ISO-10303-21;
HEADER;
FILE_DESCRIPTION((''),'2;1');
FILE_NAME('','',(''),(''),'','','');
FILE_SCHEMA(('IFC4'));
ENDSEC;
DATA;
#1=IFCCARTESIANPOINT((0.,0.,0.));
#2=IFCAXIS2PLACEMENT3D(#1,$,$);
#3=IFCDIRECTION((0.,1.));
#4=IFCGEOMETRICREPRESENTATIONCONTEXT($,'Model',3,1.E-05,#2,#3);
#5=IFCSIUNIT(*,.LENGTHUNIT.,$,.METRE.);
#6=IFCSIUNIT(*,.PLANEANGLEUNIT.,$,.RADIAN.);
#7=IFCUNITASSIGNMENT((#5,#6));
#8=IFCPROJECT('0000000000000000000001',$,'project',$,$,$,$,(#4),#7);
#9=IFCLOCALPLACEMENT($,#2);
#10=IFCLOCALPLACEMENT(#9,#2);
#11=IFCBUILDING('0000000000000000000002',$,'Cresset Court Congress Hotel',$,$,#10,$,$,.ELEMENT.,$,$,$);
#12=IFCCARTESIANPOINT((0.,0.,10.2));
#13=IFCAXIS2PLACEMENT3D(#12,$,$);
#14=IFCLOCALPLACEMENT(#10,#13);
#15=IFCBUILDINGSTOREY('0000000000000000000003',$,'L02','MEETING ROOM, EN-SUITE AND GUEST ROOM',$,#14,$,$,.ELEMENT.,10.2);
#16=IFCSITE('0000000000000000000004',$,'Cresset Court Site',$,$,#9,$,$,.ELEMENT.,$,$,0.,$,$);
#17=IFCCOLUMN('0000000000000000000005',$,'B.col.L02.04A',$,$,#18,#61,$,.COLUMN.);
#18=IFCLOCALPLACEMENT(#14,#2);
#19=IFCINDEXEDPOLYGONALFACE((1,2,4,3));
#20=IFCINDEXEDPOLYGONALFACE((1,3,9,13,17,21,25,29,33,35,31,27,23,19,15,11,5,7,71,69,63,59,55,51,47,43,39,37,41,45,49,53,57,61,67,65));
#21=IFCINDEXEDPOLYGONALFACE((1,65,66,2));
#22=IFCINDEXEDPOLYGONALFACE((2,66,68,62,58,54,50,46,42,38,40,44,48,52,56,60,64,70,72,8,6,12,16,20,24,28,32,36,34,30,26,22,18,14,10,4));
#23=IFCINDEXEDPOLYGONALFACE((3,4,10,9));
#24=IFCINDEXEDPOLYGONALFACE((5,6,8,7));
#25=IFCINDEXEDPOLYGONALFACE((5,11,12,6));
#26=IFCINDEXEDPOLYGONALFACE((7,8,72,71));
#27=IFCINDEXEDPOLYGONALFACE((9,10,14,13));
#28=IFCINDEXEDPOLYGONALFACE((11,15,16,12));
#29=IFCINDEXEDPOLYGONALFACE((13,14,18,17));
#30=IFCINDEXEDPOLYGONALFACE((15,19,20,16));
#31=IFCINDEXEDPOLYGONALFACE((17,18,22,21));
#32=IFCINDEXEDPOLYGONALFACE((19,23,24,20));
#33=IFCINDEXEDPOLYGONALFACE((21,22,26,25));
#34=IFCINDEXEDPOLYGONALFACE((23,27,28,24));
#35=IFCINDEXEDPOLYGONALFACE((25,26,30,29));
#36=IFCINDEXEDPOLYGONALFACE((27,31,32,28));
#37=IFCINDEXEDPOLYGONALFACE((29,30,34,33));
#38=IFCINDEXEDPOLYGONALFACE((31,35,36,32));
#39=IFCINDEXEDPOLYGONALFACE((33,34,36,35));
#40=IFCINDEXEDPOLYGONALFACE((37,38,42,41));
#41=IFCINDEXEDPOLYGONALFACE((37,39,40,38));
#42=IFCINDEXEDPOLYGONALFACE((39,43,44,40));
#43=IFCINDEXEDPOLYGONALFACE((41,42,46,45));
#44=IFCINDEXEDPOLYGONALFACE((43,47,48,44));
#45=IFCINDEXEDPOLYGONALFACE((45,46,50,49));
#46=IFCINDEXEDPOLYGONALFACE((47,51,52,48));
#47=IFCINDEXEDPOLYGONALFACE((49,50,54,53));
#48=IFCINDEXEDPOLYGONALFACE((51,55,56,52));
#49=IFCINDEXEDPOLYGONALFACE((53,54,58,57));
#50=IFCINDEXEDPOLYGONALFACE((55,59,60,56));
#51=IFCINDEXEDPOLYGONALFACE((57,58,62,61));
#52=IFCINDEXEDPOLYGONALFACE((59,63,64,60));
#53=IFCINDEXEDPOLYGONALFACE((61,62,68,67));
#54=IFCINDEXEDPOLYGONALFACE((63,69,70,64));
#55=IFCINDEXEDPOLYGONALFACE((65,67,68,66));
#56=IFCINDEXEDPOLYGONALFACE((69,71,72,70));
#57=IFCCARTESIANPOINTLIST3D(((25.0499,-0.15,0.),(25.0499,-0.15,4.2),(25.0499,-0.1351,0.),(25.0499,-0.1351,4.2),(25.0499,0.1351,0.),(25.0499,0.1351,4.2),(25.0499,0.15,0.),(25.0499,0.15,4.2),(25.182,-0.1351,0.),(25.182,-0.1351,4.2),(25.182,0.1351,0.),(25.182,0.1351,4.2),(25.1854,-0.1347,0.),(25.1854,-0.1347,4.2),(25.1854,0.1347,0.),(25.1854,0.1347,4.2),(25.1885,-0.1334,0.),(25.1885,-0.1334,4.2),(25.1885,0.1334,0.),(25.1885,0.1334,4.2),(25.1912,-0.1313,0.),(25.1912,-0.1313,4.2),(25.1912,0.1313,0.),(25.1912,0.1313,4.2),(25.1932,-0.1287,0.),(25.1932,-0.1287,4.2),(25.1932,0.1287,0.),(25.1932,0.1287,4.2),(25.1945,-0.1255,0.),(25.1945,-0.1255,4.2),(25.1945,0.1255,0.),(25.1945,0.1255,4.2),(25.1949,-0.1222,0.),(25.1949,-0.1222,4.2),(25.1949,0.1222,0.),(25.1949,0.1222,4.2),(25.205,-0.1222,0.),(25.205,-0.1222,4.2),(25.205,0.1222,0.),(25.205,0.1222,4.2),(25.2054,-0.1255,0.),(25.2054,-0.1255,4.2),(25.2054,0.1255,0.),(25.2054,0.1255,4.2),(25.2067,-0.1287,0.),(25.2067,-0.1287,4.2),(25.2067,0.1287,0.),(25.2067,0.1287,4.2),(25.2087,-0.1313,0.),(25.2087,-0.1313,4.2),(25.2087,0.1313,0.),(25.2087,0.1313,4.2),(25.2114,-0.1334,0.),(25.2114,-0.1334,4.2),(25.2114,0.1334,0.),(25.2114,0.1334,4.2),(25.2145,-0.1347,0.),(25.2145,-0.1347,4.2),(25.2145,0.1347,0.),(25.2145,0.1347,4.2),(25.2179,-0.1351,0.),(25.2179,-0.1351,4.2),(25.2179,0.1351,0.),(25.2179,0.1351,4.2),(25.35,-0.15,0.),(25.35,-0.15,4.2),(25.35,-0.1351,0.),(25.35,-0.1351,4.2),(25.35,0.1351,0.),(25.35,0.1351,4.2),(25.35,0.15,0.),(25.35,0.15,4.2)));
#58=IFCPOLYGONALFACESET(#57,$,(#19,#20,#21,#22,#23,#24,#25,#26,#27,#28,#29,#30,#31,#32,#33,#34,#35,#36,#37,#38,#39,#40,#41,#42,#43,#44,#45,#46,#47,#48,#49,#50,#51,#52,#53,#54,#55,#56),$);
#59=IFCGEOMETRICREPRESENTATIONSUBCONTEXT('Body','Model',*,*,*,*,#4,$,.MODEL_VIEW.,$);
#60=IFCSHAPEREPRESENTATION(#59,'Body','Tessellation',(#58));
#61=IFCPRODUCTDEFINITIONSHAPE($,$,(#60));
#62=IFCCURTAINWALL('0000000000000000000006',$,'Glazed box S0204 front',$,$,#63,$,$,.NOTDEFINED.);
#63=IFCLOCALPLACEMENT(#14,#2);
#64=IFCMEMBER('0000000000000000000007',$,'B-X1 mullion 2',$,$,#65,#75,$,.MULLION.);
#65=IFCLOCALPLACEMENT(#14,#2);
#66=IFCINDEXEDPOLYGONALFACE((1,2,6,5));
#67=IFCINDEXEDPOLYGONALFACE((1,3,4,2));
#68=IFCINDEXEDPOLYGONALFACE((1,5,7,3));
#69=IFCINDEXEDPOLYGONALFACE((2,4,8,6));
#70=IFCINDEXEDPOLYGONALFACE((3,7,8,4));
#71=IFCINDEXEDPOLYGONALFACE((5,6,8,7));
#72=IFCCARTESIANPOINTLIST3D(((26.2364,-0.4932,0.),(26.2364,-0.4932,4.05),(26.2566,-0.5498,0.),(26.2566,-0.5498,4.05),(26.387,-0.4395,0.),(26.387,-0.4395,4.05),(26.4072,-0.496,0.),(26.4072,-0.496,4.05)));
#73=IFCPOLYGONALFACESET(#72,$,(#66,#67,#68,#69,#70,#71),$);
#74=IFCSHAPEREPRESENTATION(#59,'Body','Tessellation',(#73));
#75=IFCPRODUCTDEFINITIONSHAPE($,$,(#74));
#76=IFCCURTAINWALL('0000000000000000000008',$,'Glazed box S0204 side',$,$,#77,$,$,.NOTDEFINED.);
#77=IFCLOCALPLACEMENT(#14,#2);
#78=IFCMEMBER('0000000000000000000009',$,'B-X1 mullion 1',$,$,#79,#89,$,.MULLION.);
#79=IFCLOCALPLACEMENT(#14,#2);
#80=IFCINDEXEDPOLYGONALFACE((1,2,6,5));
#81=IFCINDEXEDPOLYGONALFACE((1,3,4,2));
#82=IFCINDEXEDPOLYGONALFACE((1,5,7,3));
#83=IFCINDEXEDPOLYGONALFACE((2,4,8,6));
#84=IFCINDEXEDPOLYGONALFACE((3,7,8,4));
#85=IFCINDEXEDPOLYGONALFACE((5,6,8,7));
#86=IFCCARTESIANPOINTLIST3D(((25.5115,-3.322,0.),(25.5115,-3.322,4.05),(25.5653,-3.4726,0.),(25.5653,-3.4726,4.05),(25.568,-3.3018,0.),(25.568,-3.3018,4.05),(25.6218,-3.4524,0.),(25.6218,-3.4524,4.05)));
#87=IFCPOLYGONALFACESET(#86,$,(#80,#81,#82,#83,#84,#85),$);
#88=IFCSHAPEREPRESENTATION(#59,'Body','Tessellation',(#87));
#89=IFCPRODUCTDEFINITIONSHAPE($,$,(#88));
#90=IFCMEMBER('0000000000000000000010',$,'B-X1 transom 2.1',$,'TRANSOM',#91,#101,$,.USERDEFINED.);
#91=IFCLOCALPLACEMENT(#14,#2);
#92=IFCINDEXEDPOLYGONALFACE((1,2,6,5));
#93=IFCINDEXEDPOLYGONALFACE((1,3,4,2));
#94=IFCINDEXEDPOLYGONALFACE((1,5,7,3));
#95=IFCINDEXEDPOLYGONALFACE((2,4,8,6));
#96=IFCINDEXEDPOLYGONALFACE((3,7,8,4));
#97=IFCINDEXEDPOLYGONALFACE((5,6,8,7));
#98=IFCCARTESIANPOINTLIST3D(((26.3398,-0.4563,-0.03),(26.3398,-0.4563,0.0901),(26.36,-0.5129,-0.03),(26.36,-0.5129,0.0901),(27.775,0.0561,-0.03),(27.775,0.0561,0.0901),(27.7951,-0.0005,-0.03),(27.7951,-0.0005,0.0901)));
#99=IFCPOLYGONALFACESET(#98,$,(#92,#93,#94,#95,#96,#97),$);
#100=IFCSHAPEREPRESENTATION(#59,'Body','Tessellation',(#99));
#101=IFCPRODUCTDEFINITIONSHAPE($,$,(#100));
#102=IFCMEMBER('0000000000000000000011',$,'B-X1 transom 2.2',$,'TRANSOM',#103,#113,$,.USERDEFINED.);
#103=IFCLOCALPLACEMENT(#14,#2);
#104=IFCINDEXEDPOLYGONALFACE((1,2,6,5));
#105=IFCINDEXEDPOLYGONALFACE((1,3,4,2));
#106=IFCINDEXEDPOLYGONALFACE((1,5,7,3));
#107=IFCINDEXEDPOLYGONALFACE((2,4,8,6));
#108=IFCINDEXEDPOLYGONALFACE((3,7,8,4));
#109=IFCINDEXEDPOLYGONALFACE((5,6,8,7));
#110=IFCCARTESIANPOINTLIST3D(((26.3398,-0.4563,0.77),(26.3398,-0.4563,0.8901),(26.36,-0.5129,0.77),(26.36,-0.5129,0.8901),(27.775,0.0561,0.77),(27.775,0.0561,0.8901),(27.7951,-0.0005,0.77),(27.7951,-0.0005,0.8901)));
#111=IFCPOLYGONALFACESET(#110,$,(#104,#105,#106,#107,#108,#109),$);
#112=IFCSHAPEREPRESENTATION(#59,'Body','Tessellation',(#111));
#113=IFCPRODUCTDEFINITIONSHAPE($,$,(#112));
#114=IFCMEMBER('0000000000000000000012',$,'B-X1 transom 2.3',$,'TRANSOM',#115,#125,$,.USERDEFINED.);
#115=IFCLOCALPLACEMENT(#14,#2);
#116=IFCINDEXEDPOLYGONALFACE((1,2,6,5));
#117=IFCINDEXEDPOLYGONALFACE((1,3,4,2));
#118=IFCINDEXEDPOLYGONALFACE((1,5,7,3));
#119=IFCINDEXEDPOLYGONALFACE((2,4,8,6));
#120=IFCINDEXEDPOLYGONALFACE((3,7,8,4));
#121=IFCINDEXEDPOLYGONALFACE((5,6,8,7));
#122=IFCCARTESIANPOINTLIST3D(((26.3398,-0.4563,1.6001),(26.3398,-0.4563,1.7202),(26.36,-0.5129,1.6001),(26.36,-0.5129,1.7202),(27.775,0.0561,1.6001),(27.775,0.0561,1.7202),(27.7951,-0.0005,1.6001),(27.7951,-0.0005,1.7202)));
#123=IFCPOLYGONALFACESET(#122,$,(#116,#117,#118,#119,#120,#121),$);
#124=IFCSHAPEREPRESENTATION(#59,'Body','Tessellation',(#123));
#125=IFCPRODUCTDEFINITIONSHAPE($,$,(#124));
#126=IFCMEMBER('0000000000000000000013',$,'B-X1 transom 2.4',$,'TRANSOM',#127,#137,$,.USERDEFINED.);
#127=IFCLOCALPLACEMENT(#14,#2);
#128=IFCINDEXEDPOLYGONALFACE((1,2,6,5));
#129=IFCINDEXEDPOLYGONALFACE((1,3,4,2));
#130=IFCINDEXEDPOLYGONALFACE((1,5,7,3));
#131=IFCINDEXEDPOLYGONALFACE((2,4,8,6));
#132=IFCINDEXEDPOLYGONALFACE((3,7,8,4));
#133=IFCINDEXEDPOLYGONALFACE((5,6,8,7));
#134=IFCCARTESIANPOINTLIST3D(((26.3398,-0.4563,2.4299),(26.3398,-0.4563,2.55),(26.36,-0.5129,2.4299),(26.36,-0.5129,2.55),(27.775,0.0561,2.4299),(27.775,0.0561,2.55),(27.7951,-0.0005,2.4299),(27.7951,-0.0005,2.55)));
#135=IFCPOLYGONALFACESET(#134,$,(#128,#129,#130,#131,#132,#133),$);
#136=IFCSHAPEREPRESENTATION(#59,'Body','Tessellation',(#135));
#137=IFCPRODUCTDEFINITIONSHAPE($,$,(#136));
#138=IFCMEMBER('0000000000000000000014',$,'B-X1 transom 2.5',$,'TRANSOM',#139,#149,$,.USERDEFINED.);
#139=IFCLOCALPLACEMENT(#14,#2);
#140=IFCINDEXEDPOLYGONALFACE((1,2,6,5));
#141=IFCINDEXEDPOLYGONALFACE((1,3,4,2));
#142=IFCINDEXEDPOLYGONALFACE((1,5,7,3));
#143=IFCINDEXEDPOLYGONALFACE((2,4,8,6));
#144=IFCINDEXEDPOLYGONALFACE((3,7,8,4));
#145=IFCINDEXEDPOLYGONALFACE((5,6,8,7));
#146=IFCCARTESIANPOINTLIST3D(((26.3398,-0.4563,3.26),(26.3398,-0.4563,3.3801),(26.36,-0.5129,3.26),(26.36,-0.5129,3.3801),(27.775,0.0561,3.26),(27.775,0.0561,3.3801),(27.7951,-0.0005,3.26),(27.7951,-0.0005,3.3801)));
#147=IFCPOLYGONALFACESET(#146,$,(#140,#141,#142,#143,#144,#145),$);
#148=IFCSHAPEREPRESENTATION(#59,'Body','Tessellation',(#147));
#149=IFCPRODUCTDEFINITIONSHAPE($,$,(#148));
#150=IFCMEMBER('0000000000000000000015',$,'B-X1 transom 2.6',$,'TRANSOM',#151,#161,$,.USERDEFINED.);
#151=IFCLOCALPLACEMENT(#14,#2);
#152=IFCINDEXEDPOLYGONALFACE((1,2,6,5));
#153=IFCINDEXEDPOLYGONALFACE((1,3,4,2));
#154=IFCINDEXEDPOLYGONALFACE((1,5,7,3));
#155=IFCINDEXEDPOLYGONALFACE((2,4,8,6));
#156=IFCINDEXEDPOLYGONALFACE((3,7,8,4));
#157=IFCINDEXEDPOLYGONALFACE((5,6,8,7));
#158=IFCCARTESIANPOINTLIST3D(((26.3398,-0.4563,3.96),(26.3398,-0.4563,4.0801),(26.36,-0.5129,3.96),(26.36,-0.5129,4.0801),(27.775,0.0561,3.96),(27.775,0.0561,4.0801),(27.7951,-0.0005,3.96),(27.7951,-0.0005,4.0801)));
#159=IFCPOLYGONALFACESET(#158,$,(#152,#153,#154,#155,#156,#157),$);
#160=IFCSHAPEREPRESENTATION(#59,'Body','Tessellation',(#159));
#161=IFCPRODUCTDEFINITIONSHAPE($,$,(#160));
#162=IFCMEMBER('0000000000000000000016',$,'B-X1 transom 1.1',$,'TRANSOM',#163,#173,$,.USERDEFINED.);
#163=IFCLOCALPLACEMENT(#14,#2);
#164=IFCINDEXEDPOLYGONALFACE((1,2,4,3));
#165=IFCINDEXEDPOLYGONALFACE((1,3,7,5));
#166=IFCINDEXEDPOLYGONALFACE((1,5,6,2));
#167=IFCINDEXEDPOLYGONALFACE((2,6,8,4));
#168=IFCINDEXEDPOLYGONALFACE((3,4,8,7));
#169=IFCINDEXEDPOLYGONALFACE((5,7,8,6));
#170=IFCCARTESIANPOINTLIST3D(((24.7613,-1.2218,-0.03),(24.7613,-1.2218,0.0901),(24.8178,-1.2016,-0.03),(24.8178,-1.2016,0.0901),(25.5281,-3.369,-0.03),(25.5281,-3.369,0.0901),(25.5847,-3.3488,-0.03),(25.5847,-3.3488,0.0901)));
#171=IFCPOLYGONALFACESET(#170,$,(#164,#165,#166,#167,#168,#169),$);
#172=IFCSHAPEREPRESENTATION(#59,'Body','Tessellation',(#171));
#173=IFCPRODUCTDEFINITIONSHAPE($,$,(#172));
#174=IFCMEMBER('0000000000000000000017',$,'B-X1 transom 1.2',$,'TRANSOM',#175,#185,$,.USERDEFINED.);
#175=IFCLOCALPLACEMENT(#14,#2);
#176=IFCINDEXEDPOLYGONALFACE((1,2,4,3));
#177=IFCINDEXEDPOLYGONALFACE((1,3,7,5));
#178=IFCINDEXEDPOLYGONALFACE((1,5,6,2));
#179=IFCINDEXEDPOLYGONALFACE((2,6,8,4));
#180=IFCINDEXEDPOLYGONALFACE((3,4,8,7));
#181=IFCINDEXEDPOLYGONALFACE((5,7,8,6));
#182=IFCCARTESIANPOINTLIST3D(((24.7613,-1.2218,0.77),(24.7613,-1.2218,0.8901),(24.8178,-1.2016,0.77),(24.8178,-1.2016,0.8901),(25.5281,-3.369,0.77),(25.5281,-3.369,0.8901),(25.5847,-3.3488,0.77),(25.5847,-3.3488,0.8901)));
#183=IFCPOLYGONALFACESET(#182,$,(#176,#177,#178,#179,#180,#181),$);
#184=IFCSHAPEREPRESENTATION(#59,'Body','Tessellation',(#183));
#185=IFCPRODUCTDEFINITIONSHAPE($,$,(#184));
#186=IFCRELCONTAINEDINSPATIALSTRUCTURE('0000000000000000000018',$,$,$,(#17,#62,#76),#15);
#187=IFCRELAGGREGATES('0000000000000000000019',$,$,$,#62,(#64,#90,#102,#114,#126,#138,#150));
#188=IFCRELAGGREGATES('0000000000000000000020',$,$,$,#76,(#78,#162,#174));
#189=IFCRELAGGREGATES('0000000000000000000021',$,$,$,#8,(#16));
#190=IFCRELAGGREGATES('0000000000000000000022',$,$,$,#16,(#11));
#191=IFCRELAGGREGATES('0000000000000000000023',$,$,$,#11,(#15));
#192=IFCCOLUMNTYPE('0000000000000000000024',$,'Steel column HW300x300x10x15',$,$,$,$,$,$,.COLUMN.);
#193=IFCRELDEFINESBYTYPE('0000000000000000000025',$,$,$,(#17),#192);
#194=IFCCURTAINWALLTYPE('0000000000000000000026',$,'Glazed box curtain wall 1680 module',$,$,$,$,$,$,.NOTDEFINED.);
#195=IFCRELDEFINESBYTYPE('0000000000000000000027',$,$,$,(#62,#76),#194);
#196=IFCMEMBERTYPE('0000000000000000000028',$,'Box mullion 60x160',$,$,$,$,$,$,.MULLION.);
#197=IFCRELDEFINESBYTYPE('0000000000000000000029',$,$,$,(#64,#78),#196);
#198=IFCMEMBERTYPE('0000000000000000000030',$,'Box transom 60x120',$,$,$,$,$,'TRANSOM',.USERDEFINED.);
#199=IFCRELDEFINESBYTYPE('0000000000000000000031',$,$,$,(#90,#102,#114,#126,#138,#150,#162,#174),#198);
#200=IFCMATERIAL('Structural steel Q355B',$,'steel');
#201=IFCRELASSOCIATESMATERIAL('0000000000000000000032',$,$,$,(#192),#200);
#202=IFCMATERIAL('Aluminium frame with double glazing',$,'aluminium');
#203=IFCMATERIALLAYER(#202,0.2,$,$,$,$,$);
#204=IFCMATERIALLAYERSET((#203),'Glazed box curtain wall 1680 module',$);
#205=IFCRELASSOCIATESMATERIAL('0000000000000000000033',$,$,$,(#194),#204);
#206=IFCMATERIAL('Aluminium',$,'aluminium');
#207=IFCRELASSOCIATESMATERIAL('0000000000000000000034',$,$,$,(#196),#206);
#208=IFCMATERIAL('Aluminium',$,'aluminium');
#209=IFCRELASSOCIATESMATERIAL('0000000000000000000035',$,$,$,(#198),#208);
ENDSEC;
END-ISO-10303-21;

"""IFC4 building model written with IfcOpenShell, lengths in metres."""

from ifc_helpers import new_model, si_unit, direction, frame, origin, origin_2d, place, context, subcontext, project, spatial, rectangle, i_section, extrude, material, layer, layer_set, material_profile, profile_set, type_object, element, aggregate, save


model = new_model("IFC4")

# Units and contexts
model_context = context("Model", 3, precision=1e-05, world=origin(), true_north=direction((0.0, 1.0)))
body_context = subcontext(model_context, "Body", "Model", "MODEL_VIEW")
ifc_project = project(units=[si_unit("LENGTHUNIT", "METRE"), si_unit("PLANEANGLEUNIT", "RADIAN")], contexts=[model_context])

# Site, building, storey
site_placement = place(None, origin())
site = spatial("IfcSite", under=ifc_project, at=site_placement, Name="Cresset Court Site", CompositionType="ELEMENT", RefElevation=0.0)
building_placement = place(site_placement, origin())
building = spatial("IfcBuilding", under=site, at=building_placement, Name="Cresset Court Congress Hotel", CompositionType="ELEMENT")
storey_placement = place(building_placement, frame((0.0, 0.0, 10.2)))
storey = spatial("IfcBuildingStorey", under=building, at=storey_placement, Name="L02", Description="MEETING ROOM, EN-SUITE AND GUEST ROOM", CompositionType="ELEMENT", Elevation=10.2)

# Column
ifc_material_1 = material(Name="Structural steel Q355B", Category="steel")
ifc_material_profile_1 = material_profile(ifc_material_1, i_section(OverallWidth=0.3, OverallDepth=0.3, WebThickness=0.01, FlangeThickness=0.0149, FilletRadius=0.0129, at=origin_2d()), Name="HW300x300x10x15")
ifc_profile_set_1 = profile_set([ifc_material_profile_1], Name="Structural steel Q355B")
column_type = type_object("IfcColumnType", Name="Steel column HW300x300x10x15", PredefinedType="COLUMN", material=ifc_profile_set_1)
column_placement = place(storey_placement, frame((25.2, 0.0, 0.0), z_axis=(0.0, 0.0, 1.0), x_axis=(1.0, 0.0, 0.0)))
element("IfcColumn", 1, at=column_placement, inside=storey, type_object=column_type, Name="B.col.L02.04A", PredefinedType="COLUMN", context=body_context, shape_type="SweptSolid", body=[
    extrude(i_section(OverallWidth=0.3, OverallDepth=0.3, WebThickness=0.01, FlangeThickness=0.0149, FilletRadius=0.0129, at=origin_2d()), origin(), (0.0, 0.0, 1.0), 4.2),
])

# Curtain walls, members
ifc_material_2 = material(Name="Aluminium frame with double glazing", Category="aluminium")
ifc_layer_1 = layer(ifc_material_2, 0.2)
ifc_layer_set_1 = layer_set([ifc_layer_1], Name="Glazed box curtain wall 1680 module")
curtain_wall_type = type_object("IfcCurtainWallType", Name="Glazed box curtain wall 1680 module", PredefinedType="NOTDEFINED", material=ifc_layer_set_1)
curtain_wall_1_placement = place(storey_placement, origin())
curtain_wall_1 = element("IfcCurtainWall", 2, at=curtain_wall_1_placement, inside=storey, type_object=curtain_wall_type, Name="Glazed box S0204 front", PredefinedType="NOTDEFINED")
ifc_material_3 = material(Name="Aluminium", Category="aluminium")
ifc_material_profile_2 = material_profile(ifc_material_3, rectangle(XDim=0.0601, YDim=0.1599, at=origin_2d()), Name="Box mullion 60x160")
ifc_profile_set_2 = profile_set([ifc_material_profile_2], Name="Aluminium")
member_type_1 = type_object("IfcMemberType", Name="Box mullion 60x160", PredefinedType="MULLION", material=ifc_profile_set_2)
member_1_placement = place(storey_placement, frame((26.3218, -0.4946, 0.0), z_axis=(0.0, 0.0, 1.0), x_axis=(-0.336336, 0.941742, 0.0)))
member_1 = element("IfcMember", 3, at=member_1_placement, type_object=member_type_1, Name="B-X1 mullion 2", PredefinedType="MULLION", context=body_context, shape_type="SweptSolid", body=[
    extrude(rectangle(XDim=0.0601, YDim=0.1599, at=origin_2d()), origin(), (0.0, 0.0, 1.0), 4.05),
])
curtain_wall_2_placement = place(storey_placement, origin())
curtain_wall_2 = element("IfcCurtainWall", 4, at=curtain_wall_2_placement, inside=storey, type_object=curtain_wall_type, Name="Glazed box S0204 side", PredefinedType="NOTDEFINED")
member_2_placement = place(storey_placement, frame((25.5667, -3.3872, 0.0), z_axis=(0.0, 0.0, 1.0), x_axis=(-0.941742, -0.336336, 0.0)))
member_2 = element("IfcMember", 5, at=member_2_placement, type_object=member_type_1, Name="B-X1 mullion 1", PredefinedType="MULLION", context=body_context, shape_type="SweptSolid", body=[
    extrude(rectangle(XDim=0.0601, YDim=0.1599, at=origin_2d()), origin(), (0.0, 0.0, 1.0), 4.05),
])

# Members
ifc_material_4 = material(Name="Aluminium", Category="aluminium")
ifc_material_profile_3 = material_profile(ifc_material_4, rectangle(XDim=0.0601, YDim=0.1201, at=origin_2d()), Name="Box transom 60x120")
ifc_profile_set_3 = profile_set([ifc_material_profile_3], Name="Aluminium")
member_type_2 = type_object("IfcMemberType", Name="Box transom 60x120", ElementType="TRANSOM", PredefinedType="USERDEFINED", material=ifc_profile_set_3)
member_3_placement = place(storey_placement, frame((26.3499, -0.4846, 0.03), z_axis=(0.941775, 0.336245, 0.0), x_axis=(-0.336245, 0.941775, 0.0)))
member_3 = element("IfcMember", 6, at=member_3_placement, type_object=member_type_2, Name="B-X1 transom 2.1", ObjectType="TRANSOM", PredefinedType="USERDEFINED", context=body_context, shape_type="SweptSolid", body=[
    extrude(rectangle(XDim=0.0601, YDim=0.1201, at=origin_2d()), origin(), (0.0, 0.0, 1.0), 1.5239),
])
member_4_placement = place(storey_placement, frame((26.3499, -0.4846, 0.8301), z_axis=(0.941775, 0.336245, 0.0), x_axis=(-0.336245, 0.941775, 0.0)))
member_4 = element("IfcMember", 7, at=member_4_placement, type_object=member_type_2, Name="B-X1 transom 2.2", ObjectType="TRANSOM", PredefinedType="USERDEFINED", context=body_context, shape_type="SweptSolid", body=[
    extrude(rectangle(XDim=0.0601, YDim=0.1201, at=origin_2d()), origin(), (0.0, 0.0, 1.0), 1.5239),
])
member_5_placement = place(storey_placement, frame((26.3499, -0.4846, 1.6602), z_axis=(0.941775, 0.336245, 0.0), x_axis=(-0.336245, 0.941775, 0.0)))
member_5 = element("IfcMember", 8, at=member_5_placement, type_object=member_type_2, Name="B-X1 transom 2.3", ObjectType="TRANSOM", PredefinedType="USERDEFINED", context=body_context, shape_type="SweptSolid", body=[
    extrude(rectangle(XDim=0.0601, YDim=0.1201, at=origin_2d()), origin(), (0.0, 0.0, 1.0), 1.5239),
])
member_6_placement = place(storey_placement, frame((26.3499, -0.4846, 2.49), z_axis=(0.941775, 0.336245, 0.0), x_axis=(-0.336245, 0.941775, 0.0)))
member_6 = element("IfcMember", 9, at=member_6_placement, type_object=member_type_2, Name="B-X1 transom 2.4", ObjectType="TRANSOM", PredefinedType="USERDEFINED", context=body_context, shape_type="SweptSolid", body=[
    extrude(rectangle(XDim=0.0601, YDim=0.1201, at=origin_2d()), origin(), (0.0, 0.0, 1.0), 1.5239),
])
member_7_placement = place(storey_placement, frame((26.3499, -0.4846, 3.3201), z_axis=(0.941775, 0.336245, 0.0), x_axis=(-0.336245, 0.941775, 0.0)))
member_7 = element("IfcMember", 10, at=member_7_placement, type_object=member_type_2, Name="B-X1 transom 2.5", ObjectType="TRANSOM", PredefinedType="USERDEFINED", context=body_context, shape_type="SweptSolid", body=[
    extrude(rectangle(XDim=0.0601, YDim=0.1201, at=origin_2d()), origin(), (0.0, 0.0, 1.0), 1.5239),
])
member_8_placement = place(storey_placement, frame((26.3499, -0.4846, 4.02), z_axis=(0.941775, 0.336245, 0.0), x_axis=(-0.336245, 0.941775, 0.0)))
member_8 = element("IfcMember", 11, at=member_8_placement, type_object=member_type_2, Name="B-X1 transom 2.6", ObjectType="TRANSOM", PredefinedType="USERDEFINED", context=body_context, shape_type="SweptSolid", body=[
    extrude(rectangle(XDim=0.0601, YDim=0.1201, at=origin_2d()), origin(), (0.0, 0.0, 1.0), 1.5239),
])
member_9_placement = place(storey_placement, frame((25.5564, -3.3589, 0.03), z_axis=(-0.33633, 0.941744, 0.0), x_axis=(-0.941744, -0.33633, 0.0)))
member_9 = element("IfcMember", 12, at=member_9_placement, type_object=member_type_2, Name="B-X1 transom 1.1", ObjectType="TRANSOM", PredefinedType="USERDEFINED", context=body_context, shape_type="SweptSolid", body=[
    extrude(rectangle(XDim=0.0601, YDim=0.1201, at=origin_2d()), origin(), (0.0, 0.0, 1.0), 2.28),
])
member_10_placement = place(storey_placement, frame((25.5564, -3.3589, 0.8301), z_axis=(-0.33633, 0.941744, 0.0), x_axis=(-0.941744, -0.33633, 0.0)))
member_10 = element("IfcMember", 13, at=member_10_placement, type_object=member_type_2, Name="B-X1 transom 1.2", ObjectType="TRANSOM", PredefinedType="USERDEFINED", context=body_context, shape_type="SweptSolid", body=[
    extrude(rectangle(XDim=0.0601, YDim=0.1201, at=origin_2d()), origin(), (0.0, 0.0, 1.0), 2.28),
])

aggregate(curtain_wall_1, [member_1, member_3, member_4, member_5, member_6, member_7, member_8])
aggregate(curtain_wall_2, [member_2, member_9, member_10])

save(model, "model.ifc")
